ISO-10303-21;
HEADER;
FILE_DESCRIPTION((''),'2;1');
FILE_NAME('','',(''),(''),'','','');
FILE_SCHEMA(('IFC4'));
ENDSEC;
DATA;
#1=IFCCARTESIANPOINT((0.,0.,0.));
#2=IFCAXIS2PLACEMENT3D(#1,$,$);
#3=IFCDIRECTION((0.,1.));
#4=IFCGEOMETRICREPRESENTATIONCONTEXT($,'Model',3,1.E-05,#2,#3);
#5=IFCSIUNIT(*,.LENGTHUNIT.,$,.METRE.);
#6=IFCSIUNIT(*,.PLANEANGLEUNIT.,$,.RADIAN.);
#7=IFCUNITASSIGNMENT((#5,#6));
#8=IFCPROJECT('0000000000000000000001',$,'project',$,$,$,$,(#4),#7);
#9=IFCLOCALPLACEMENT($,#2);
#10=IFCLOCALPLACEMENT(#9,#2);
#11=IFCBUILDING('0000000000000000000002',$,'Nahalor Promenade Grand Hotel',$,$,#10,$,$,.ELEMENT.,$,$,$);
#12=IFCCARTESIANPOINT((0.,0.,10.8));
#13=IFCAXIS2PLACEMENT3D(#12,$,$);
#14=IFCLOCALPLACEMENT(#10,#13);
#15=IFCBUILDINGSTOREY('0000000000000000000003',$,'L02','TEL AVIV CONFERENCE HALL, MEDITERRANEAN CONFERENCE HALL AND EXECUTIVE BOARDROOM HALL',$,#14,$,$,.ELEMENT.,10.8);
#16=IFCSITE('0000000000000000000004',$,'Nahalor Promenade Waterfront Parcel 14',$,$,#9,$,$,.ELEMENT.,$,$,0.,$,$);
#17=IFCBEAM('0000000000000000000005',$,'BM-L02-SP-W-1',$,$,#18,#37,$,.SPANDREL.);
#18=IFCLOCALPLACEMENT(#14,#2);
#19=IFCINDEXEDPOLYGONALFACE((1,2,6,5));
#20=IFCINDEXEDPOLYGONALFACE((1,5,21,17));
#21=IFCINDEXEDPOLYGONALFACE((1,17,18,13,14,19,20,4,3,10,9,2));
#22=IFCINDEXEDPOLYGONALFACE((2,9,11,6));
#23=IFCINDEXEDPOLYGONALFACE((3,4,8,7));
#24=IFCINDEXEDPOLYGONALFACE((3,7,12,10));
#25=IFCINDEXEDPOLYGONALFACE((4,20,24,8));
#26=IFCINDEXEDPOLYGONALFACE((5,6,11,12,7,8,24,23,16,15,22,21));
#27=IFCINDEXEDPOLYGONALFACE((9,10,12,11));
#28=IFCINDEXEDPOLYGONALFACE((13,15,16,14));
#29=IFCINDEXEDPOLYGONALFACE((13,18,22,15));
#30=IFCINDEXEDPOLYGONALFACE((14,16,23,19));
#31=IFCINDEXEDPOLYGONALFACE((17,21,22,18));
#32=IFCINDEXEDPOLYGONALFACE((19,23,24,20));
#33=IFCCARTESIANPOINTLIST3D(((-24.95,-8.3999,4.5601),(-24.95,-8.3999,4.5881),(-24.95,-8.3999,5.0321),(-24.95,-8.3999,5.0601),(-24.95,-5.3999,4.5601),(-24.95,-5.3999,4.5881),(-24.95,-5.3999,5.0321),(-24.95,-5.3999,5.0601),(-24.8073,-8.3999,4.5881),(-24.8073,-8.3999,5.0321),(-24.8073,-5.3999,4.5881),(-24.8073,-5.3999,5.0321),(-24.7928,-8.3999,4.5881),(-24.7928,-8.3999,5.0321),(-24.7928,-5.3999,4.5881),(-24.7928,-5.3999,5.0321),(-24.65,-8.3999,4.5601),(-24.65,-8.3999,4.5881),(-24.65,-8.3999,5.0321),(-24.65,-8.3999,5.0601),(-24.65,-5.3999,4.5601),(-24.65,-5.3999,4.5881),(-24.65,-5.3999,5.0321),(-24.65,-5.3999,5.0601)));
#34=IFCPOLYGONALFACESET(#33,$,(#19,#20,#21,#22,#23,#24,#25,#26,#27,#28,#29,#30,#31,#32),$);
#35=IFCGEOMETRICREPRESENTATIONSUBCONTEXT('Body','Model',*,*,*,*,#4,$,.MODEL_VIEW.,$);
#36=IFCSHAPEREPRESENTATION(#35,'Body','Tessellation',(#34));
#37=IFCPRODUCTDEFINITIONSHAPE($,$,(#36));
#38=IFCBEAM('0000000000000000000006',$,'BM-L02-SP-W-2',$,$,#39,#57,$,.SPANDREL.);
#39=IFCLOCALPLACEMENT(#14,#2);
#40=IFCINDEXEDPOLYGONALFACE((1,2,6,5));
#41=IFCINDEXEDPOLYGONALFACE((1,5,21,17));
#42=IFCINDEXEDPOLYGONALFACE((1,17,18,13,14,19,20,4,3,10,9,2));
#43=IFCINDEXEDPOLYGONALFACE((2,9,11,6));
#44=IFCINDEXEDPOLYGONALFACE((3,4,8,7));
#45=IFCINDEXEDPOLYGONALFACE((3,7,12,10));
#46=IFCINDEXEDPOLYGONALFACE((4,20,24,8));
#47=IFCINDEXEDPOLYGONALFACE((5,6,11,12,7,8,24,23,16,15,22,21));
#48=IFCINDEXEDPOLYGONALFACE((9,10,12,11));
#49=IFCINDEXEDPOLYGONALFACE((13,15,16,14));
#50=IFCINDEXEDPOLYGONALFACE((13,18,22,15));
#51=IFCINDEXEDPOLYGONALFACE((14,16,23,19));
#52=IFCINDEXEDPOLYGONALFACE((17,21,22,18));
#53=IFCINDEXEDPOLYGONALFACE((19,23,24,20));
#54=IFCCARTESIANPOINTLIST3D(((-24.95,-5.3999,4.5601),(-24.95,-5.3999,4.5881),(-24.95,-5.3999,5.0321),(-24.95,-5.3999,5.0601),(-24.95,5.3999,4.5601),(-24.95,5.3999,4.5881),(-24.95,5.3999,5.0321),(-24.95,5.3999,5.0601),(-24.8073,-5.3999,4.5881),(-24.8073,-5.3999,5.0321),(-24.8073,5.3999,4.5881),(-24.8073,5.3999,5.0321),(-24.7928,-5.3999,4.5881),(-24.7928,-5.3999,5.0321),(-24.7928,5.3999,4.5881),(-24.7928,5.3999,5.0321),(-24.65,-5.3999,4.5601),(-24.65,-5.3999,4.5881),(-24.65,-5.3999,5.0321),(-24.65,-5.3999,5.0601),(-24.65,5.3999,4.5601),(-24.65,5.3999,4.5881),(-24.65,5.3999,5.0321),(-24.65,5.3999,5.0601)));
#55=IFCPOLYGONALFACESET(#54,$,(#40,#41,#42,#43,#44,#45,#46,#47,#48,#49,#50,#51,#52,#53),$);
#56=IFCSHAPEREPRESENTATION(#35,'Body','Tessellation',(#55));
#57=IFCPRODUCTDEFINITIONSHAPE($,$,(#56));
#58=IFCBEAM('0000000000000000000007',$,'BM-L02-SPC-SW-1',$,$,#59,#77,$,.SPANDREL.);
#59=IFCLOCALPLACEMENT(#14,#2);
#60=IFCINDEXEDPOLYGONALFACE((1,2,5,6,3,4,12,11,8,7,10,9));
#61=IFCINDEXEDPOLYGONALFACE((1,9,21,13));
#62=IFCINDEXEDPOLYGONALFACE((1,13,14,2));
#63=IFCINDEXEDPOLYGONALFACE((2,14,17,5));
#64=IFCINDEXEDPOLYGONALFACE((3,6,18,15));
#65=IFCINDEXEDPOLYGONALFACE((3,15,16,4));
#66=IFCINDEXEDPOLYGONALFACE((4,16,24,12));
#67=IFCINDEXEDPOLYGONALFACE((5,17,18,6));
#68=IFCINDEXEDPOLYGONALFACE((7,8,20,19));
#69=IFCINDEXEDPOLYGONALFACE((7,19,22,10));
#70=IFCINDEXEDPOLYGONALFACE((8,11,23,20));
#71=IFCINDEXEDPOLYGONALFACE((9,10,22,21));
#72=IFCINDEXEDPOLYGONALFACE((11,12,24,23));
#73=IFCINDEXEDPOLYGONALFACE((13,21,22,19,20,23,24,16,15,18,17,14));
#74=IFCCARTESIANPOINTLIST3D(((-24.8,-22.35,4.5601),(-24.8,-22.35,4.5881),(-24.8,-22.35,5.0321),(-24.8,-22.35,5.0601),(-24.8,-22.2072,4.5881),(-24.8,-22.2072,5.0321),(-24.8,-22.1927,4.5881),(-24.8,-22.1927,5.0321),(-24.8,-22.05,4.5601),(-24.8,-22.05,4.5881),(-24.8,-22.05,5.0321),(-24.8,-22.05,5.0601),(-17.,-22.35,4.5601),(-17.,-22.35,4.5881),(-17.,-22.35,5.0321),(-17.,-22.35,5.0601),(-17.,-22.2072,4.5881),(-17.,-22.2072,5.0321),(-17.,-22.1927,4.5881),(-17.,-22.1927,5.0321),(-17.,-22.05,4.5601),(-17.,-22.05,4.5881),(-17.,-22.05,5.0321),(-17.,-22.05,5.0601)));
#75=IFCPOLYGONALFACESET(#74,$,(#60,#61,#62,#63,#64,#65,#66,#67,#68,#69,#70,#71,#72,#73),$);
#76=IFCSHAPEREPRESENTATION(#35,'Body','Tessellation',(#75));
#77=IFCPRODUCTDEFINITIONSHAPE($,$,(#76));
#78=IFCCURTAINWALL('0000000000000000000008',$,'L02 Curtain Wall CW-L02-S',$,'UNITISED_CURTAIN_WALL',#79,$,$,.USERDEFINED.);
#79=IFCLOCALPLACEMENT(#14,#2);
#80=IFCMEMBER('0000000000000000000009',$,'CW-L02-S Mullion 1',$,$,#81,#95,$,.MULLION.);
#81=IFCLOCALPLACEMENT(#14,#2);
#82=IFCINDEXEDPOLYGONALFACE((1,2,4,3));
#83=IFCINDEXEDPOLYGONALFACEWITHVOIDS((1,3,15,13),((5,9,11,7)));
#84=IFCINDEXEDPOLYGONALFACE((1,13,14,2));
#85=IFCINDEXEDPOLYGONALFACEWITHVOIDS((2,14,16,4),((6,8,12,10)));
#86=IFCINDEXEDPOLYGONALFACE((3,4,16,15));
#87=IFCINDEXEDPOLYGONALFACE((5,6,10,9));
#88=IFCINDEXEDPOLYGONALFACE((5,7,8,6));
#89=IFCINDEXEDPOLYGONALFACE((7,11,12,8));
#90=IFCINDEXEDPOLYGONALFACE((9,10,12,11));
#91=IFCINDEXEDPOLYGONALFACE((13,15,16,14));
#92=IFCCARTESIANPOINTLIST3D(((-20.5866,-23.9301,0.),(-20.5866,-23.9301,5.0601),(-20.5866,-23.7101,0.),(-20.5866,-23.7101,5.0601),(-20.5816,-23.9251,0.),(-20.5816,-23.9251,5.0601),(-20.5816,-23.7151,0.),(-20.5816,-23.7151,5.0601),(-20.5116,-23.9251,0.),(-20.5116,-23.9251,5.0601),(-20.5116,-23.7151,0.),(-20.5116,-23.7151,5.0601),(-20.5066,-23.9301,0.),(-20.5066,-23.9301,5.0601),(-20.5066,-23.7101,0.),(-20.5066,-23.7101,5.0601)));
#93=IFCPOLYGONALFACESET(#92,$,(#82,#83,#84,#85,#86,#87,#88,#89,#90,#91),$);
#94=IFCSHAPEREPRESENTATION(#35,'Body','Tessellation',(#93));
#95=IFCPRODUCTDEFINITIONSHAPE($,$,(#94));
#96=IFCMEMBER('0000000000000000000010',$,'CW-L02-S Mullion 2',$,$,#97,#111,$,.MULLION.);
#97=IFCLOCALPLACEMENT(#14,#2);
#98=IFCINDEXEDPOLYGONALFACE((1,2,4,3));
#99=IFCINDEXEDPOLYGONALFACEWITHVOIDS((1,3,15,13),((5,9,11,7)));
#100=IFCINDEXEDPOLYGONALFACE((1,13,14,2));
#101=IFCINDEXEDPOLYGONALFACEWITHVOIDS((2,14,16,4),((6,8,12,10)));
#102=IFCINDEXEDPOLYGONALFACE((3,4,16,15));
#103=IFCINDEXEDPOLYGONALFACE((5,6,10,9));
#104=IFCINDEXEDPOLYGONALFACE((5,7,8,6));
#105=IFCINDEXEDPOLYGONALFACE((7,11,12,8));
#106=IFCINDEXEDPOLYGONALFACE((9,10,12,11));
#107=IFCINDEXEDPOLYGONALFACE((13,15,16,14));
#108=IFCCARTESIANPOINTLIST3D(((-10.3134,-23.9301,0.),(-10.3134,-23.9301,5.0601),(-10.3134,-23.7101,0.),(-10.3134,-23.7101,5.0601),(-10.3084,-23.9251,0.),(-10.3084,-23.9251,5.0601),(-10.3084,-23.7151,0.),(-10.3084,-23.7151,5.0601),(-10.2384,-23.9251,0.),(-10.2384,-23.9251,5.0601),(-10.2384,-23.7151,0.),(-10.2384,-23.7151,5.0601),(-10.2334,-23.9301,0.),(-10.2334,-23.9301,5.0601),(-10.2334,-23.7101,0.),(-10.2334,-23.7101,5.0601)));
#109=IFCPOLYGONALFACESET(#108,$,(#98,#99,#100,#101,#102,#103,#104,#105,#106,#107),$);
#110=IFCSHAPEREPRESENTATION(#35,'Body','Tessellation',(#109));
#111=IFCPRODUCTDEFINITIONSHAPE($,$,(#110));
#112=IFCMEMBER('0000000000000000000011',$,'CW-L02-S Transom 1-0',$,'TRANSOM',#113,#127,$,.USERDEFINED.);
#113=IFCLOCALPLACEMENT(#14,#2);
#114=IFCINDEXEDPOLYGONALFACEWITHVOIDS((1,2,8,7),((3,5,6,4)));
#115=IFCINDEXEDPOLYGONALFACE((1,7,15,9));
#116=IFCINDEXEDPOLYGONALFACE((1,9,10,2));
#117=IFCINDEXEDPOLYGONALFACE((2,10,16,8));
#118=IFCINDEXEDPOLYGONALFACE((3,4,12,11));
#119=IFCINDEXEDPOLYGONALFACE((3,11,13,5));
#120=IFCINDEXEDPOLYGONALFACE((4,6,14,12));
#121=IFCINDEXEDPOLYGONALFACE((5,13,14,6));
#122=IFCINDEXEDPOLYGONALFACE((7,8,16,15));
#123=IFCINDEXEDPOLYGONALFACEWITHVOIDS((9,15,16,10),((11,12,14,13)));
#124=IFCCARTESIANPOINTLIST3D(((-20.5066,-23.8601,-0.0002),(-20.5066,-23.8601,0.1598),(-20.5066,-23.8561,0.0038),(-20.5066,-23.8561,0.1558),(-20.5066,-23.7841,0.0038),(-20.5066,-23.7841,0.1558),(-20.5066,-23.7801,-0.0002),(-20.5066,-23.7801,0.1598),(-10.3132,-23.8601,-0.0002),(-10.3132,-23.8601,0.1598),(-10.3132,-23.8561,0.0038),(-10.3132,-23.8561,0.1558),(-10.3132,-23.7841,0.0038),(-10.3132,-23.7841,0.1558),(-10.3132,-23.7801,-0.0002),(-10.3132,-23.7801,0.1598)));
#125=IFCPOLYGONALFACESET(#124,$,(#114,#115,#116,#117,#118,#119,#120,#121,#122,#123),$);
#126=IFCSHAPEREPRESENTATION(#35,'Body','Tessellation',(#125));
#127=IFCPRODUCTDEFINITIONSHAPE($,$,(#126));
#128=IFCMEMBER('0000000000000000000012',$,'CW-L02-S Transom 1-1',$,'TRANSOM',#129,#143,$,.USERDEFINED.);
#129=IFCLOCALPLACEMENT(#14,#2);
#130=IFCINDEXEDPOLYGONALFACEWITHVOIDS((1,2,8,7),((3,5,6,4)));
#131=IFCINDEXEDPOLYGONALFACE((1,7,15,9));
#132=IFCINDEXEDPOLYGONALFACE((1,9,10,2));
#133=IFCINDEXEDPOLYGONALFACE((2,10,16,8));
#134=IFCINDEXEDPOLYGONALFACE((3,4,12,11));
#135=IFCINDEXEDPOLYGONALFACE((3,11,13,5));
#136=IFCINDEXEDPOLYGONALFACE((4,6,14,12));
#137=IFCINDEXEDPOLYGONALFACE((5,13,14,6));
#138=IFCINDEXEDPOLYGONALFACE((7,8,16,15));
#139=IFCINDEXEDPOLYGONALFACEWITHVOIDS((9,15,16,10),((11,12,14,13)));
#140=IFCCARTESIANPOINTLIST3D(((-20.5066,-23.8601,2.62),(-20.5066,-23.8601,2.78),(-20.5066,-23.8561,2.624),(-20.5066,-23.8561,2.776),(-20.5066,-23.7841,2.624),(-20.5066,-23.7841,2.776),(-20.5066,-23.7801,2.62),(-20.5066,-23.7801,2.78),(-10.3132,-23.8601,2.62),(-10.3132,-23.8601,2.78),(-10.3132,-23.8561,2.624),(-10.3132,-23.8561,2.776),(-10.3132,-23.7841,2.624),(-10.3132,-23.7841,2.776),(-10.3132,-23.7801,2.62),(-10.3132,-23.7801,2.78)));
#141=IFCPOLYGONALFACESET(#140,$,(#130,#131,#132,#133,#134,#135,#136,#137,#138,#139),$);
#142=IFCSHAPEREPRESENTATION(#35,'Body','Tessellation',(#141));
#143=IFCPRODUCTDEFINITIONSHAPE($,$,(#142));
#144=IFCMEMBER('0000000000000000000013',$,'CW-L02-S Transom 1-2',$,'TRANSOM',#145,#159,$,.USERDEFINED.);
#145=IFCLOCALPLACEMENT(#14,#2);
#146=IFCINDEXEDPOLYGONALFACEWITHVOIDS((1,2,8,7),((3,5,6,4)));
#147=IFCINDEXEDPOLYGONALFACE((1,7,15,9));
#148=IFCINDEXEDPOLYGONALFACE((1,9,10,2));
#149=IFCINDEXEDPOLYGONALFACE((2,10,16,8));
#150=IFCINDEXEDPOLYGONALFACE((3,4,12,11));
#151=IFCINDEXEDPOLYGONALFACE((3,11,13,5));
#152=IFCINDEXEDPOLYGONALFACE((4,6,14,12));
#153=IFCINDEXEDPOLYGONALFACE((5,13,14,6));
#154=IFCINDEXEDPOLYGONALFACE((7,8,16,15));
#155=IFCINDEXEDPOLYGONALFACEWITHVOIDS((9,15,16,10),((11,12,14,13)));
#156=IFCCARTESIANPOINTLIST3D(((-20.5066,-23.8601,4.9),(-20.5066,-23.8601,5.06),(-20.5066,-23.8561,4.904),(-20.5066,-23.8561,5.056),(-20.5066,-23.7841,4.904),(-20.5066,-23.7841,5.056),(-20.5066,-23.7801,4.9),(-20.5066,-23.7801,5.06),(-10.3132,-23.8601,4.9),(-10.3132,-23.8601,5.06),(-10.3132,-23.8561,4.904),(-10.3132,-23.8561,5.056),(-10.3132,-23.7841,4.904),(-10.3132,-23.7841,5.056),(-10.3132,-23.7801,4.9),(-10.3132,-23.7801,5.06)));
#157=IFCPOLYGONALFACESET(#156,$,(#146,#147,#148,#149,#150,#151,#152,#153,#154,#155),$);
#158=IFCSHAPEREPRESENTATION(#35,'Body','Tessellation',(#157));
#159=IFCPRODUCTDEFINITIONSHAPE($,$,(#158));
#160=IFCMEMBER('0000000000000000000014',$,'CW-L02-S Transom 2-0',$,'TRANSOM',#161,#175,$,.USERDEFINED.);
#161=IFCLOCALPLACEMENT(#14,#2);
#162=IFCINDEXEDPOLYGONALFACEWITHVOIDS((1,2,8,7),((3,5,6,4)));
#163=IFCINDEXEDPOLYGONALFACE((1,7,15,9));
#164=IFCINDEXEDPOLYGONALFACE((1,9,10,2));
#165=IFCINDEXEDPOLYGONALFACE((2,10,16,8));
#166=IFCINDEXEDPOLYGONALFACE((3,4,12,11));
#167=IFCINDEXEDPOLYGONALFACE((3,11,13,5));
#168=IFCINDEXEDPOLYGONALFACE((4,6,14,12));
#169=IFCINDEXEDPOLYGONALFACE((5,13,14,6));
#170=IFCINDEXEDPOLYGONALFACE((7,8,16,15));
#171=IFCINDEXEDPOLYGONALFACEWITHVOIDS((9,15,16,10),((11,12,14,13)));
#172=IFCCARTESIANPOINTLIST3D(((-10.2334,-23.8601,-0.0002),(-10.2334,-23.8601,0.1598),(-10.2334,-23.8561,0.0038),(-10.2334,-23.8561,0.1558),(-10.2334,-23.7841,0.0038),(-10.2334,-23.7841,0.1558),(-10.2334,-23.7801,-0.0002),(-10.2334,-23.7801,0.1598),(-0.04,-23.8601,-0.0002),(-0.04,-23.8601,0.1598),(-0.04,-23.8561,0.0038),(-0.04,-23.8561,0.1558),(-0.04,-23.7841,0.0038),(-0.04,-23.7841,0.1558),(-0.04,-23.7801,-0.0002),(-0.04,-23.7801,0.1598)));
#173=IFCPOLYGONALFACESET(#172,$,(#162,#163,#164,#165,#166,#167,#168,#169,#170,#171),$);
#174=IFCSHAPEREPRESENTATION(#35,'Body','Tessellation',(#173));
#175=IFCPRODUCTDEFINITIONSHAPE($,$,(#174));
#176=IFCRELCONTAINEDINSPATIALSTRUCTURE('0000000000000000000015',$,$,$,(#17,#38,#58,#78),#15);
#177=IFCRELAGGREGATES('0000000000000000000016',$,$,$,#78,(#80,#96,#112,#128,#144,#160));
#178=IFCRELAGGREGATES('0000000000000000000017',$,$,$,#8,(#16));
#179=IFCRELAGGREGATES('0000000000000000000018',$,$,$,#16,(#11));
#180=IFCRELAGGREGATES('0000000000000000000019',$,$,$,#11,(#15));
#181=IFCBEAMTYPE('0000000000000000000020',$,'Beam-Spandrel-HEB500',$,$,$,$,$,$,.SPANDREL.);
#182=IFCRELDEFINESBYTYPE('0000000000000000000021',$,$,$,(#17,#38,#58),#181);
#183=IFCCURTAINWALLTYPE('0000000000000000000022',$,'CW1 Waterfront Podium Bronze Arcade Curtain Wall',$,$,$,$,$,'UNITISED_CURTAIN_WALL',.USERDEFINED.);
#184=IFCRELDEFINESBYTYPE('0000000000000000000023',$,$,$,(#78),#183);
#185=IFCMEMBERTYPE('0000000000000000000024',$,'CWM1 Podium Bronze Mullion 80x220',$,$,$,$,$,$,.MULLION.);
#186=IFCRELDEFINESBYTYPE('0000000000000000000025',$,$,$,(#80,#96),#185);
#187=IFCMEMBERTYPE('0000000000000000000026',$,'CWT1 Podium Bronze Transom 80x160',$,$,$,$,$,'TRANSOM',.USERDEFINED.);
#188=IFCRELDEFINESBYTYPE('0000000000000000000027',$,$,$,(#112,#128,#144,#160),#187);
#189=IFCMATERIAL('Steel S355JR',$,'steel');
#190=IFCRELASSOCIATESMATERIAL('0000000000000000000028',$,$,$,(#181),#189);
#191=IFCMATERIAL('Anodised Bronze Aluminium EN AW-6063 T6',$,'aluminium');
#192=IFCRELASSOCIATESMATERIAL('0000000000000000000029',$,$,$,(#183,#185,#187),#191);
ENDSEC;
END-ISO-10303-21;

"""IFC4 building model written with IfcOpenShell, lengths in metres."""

from ifc_helpers import new_model, si_unit, direction, frame, origin, origin_2d, place, context, subcontext, project, spatial, hollow_rectangle, i_section, extrude, source, transform, mapped, material, material_profile, profile_set, type_object, element, aggregate, save


model = new_model("IFC4")

# Units and contexts
model_context = context("Model", 3, precision=1e-05, world=origin(), true_north=direction((0.0, 1.0)))
body_context = subcontext(model_context, "Body", "Model", "MODEL_VIEW")
ifc_project = project(units=[si_unit("LENGTHUNIT", "METRE"), si_unit("PLANEANGLEUNIT", "RADIAN")], contexts=[model_context])

# Site, building, storey
site_placement = place(None, origin())
site = spatial("IfcSite", under=ifc_project, at=site_placement, Name="Nahalor Promenade Waterfront Parcel 14", CompositionType="ELEMENT", RefElevation=0.0)
building_placement = place(site_placement, origin())
building = spatial("IfcBuilding", under=site, at=building_placement, Name="Nahalor Promenade Grand Hotel", CompositionType="ELEMENT")
storey_placement = place(building_placement, frame((0.0, 0.0, 10.8)))
storey = spatial("IfcBuildingStorey", under=building, at=storey_placement, Name="L02", Description="TEL AVIV CONFERENCE HALL, MEDITERRANEAN CONFERENCE HALL AND EXECUTIVE BOARDROOM HALL", CompositionType="ELEMENT", Elevation=10.8)

# Beams
ifc_material_1 = material(Name="Steel S355JR", Category="steel")
ifc_material_profile_1 = material_profile(ifc_material_1, i_section(OverallWidth=0.3, OverallDepth=0.5, WebThickness=0.0145, FlangeThickness=0.028, at=origin_2d()), Name="HEB 500")
ifc_profile_set_1 = profile_set([ifc_material_profile_1], Name="Steel S355JR")
beam_type_1 = type_object("IfcBeamType", Name="Beam-Spandrel-HEB500", PredefinedType="SPANDREL", material=ifc_profile_set_1)
shared_shape_1 = source(origin(), body_context, "Body", "SweptSolid", [
    extrude(i_section(OverallWidth=0.3, OverallDepth=0.5, WebThickness=0.0145, FlangeThickness=0.028, at=origin_2d()), origin(), (0.0, 0.0, 1.0), 3.0),
])
beam_1_placement = place(storey_placement, frame((-24.8, -8.3999, 4.8101), z_axis=(0.0, 1.0, 0.0), x_axis=(-1.0, 0.0, 0.0)))
element("IfcBeam", 1, at=beam_1_placement, inside=storey, type_object=beam_type_1, Name="BM-L02-SP-W-1", PredefinedType="SPANDREL", context=body_context, shape_type="MappedRepresentation", body=[
    mapped(shared_shape_1, transform((0.0, 0.0, 0.0), scale=1.0)),
])
shared_shape_2 = source(origin(), body_context, "Body", "SweptSolid", [
    extrude(i_section(OverallWidth=0.3, OverallDepth=0.5, WebThickness=0.0145, FlangeThickness=0.028, at=origin_2d()), origin(), (0.0, 0.0, 1.0), 10.7998),
])
beam_2_placement = place(storey_placement, frame((-24.8, -5.3999, 4.8101), z_axis=(0.0, 1.0, 0.0), x_axis=(-1.0, 0.0, 0.0)))
element("IfcBeam", 2, at=beam_2_placement, inside=storey, type_object=beam_type_1, Name="BM-L02-SP-W-2", PredefinedType="SPANDREL", context=body_context, shape_type="MappedRepresentation", body=[
    mapped(shared_shape_2, transform((0.0, 0.0, 0.0), scale=1.0)),
])
shared_shape_3 = source(origin(), body_context, "Body", "SweptSolid", [
    extrude(i_section(OverallWidth=0.3, OverallDepth=0.5, WebThickness=0.0145, FlangeThickness=0.028, at=origin_2d()), origin(), (0.0, 0.0, 1.0), 7.8),
])
beam_3_placement = place(storey_placement, frame((-17.0, -22.2, 4.8101), z_axis=(-1.0, 0.0, 0.0), x_axis=(0.0, -1.0, 0.0)))
element("IfcBeam", 3, at=beam_3_placement, inside=storey, type_object=beam_type_1, Name="BM-L02-SPC-SW-1", PredefinedType="SPANDREL", context=body_context, shape_type="MappedRepresentation", body=[
    mapped(shared_shape_3, transform((0.0, 0.0, 0.0), scale=1.0)),
])

# Curtain wall, members
ifc_material_2 = material(Name="Anodised Bronze Aluminium EN AW-6063 T6", Category="aluminium")
curtain_wall_type = type_object("IfcCurtainWallType", Name="CW1 Waterfront Podium Bronze Arcade Curtain Wall", ElementType="UNITISED_CURTAIN_WALL", PredefinedType="USERDEFINED", material=ifc_material_2)
curtain_wall_placement = place(storey_placement, origin())
curtain_wall = element("IfcCurtainWall", 4, at=curtain_wall_placement, inside=storey, type_object=curtain_wall_type, Name="L02 Curtain Wall CW-L02-S", ObjectType="UNITISED_CURTAIN_WALL", PredefinedType="USERDEFINED")
ifc_material_profile_2 = material_profile(ifc_material_2, hollow_rectangle(XDim=0.08, YDim=0.22, WallThickness=0.005, at=origin_2d()), Name="CWM 80x220x5")
ifc_profile_set_2 = profile_set([ifc_material_profile_2], Name="Anodised Bronze Aluminium EN AW-6063 T6")
member_type_1 = type_object("IfcMemberType", Name="CWM1 Podium Bronze Mullion 80x220", PredefinedType="MULLION", material=ifc_profile_set_2)
shared_shape_4 = source(origin(), body_context, "Body", "SweptSolid", [
    extrude(hollow_rectangle(XDim=0.08, YDim=0.22, WallThickness=0.005, at=origin_2d()), origin(), (0.0, 0.0, 1.0), 5.0601),
])
member_1_placement = place(storey_placement, frame((-20.5466, -23.8201, 0.0), z_axis=(0.0, 0.0, 1.0), x_axis=(1.0, 0.0, 0.0)))
member_1 = element("IfcMember", 5, at=member_1_placement, type_object=member_type_1, Name="CW-L02-S Mullion 1", PredefinedType="MULLION", context=body_context, shape_type="MappedRepresentation", body=[
    mapped(shared_shape_4, transform((0.0, 0.0, 0.0), scale=1.0)),
])
member_2_placement = place(storey_placement, frame((-10.2734, -23.8201, 0.0), z_axis=(0.0, 0.0, 1.0), x_axis=(1.0, 0.0, 0.0)))
member_2 = element("IfcMember", 6, at=member_2_placement, type_object=member_type_1, Name="CW-L02-S Mullion 2", PredefinedType="MULLION", context=body_context, shape_type="MappedRepresentation", body=[
    mapped(shared_shape_4, transform((0.0, 0.0, 0.0), scale=1.0)),
])
ifc_material_profile_3 = material_profile(ifc_material_2, hollow_rectangle(XDim=0.08, YDim=0.16, WallThickness=0.004, at=origin_2d()), Name="CWT 80x160x4")
ifc_profile_set_3 = profile_set([ifc_material_profile_3], Name="Anodised Bronze Aluminium EN AW-6063 T6")
member_type_2 = type_object("IfcMemberType", Name="CWT1 Podium Bronze Transom 80x160", ElementType="TRANSOM", PredefinedType="USERDEFINED", material=ifc_profile_set_3)
shared_shape_5 = source(origin(), body_context, "Body", "SweptSolid", [
    extrude(hollow_rectangle(XDim=0.08, YDim=0.16, WallThickness=0.004, at=origin_2d()), origin(), (0.0, 0.0, 1.0), 10.1934),
])
member_3_placement = place(storey_placement, frame((-20.5066, -23.8201, 0.0798), z_axis=(1.0, 0.0, 0.0), x_axis=(0.0, 1.0, 0.0)))
member_3 = element("IfcMember", 7, at=member_3_placement, type_object=member_type_2, Name="CW-L02-S Transom 1-0", ObjectType="TRANSOM", PredefinedType="USERDEFINED", context=body_context, shape_type="MappedRepresentation", body=[
    mapped(shared_shape_5, transform((0.0, 0.0, 0.0), scale=1.0)),
])
member_4_placement = place(storey_placement, frame((-20.5066, -23.8201, 2.7), z_axis=(1.0, 0.0, 0.0), x_axis=(0.0, 1.0, 0.0)))
member_4 = element("IfcMember", 8, at=member_4_placement, type_object=member_type_2, Name="CW-L02-S Transom 1-1", ObjectType="TRANSOM", PredefinedType="USERDEFINED", context=body_context, shape_type="MappedRepresentation", body=[
    mapped(shared_shape_5, transform((0.0, 0.0, 0.0), scale=1.0)),
])
member_5_placement = place(storey_placement, frame((-20.5066, -23.8201, 4.98), z_axis=(1.0, 0.0, 0.0), x_axis=(0.0, 1.0, 0.0)))
member_5 = element("IfcMember", 9, at=member_5_placement, type_object=member_type_2, Name="CW-L02-S Transom 1-2", ObjectType="TRANSOM", PredefinedType="USERDEFINED", context=body_context, shape_type="MappedRepresentation", body=[
    mapped(shared_shape_5, transform((0.0, 0.0, 0.0), scale=1.0)),
])
member_6_placement = place(storey_placement, frame((-10.2334, -23.8201, 0.0798), z_axis=(1.0, 0.0, 0.0), x_axis=(0.0, 1.0, 0.0)))
member_6 = element("IfcMember", 10, at=member_6_placement, type_object=member_type_2, Name="CW-L02-S Transom 2-0", ObjectType="TRANSOM", PredefinedType="USERDEFINED", context=body_context, shape_type="MappedRepresentation", body=[
    mapped(shared_shape_5, transform((0.0, 0.0, 0.0), scale=1.0)),
])
aggregate(curtain_wall, [member_1, member_2, member_3, member_4, member_5, member_6])

save(model, "model.ifc")
